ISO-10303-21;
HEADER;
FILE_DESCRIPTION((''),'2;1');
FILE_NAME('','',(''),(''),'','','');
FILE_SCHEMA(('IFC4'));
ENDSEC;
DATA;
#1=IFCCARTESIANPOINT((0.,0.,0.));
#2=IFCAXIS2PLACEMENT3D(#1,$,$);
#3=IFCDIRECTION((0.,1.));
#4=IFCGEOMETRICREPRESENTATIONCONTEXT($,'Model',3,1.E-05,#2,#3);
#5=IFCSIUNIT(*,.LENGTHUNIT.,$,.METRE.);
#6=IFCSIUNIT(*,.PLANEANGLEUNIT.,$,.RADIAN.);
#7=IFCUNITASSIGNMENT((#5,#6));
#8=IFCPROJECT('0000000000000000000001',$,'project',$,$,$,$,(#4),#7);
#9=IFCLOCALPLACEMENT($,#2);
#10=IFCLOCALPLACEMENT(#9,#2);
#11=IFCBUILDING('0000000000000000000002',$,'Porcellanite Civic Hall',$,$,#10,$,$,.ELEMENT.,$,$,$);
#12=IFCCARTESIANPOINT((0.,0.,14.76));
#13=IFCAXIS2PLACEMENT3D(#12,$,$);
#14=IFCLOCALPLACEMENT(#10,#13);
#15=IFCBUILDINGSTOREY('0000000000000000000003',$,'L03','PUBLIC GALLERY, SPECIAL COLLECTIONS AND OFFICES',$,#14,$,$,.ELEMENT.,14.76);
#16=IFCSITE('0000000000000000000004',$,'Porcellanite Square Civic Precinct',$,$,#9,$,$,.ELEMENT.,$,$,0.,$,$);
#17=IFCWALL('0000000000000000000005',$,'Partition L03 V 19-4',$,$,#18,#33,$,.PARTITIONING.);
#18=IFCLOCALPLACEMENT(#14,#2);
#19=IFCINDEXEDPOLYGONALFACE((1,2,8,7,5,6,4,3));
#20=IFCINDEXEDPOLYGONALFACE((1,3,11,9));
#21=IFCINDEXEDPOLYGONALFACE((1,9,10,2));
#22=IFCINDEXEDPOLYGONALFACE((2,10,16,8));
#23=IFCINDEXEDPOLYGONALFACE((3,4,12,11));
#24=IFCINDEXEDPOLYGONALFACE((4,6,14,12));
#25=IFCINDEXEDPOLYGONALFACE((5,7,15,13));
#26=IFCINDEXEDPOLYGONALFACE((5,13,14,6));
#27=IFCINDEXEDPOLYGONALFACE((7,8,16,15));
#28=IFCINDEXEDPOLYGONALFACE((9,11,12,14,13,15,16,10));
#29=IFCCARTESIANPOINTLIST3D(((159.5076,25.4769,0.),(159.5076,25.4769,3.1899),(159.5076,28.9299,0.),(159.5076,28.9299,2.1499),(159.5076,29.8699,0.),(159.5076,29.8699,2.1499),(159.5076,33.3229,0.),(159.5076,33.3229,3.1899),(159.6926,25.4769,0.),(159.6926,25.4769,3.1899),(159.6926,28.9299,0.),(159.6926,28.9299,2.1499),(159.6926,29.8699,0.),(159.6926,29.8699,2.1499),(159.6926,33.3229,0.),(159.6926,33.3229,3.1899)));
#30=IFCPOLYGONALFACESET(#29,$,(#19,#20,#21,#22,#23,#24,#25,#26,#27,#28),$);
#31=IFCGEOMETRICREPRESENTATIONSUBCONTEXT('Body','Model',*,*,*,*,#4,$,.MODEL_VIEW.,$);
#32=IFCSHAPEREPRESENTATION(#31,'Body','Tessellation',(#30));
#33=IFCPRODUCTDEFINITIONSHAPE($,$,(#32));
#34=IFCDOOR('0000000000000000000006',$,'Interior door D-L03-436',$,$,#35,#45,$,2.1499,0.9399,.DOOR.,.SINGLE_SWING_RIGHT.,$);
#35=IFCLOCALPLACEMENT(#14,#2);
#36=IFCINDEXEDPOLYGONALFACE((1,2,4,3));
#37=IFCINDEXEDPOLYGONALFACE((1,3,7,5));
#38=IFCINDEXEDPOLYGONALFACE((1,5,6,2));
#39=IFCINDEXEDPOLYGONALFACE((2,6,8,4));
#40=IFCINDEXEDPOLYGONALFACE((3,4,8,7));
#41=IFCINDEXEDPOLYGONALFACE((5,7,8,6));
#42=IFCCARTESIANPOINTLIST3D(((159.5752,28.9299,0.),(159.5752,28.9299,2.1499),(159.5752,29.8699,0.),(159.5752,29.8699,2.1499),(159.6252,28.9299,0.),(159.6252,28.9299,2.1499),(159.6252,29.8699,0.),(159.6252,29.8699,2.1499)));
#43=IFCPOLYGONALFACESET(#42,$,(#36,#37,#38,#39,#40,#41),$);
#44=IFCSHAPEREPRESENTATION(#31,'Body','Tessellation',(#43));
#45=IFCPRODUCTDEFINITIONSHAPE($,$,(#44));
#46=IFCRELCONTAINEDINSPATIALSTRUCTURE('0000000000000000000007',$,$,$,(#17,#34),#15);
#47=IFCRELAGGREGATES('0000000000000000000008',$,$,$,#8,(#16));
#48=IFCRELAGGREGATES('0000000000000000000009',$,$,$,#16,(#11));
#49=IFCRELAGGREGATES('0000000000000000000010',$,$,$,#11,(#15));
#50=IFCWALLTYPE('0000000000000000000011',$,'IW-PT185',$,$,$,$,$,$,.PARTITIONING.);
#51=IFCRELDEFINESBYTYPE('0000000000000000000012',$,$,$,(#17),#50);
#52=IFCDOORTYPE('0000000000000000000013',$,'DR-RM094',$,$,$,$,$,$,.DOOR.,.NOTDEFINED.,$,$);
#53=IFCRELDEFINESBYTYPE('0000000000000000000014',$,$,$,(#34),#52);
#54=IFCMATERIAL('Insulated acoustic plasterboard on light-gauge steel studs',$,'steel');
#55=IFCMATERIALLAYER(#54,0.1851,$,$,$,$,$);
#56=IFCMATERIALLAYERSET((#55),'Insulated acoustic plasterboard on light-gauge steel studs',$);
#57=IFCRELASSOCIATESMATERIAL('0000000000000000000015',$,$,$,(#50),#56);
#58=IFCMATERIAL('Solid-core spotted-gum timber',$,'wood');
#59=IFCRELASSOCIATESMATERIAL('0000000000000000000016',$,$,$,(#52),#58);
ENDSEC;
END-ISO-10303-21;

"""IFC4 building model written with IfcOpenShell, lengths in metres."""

from ifc_helpers import new_model, si_unit, direction, frame, frame_2d, origin, place, context, subcontext, project, spatial, rectangle, extrude, material, layer, layer_set, type_object, element, fill, save


model = new_model("IFC4")

# Units and contexts
model_context = context("Model", 3, precision=1e-05, world=origin(), true_north=direction((0.0, 1.0)))
body_context = subcontext(model_context, "Body", "Model", "MODEL_VIEW")
ifc_project = project(units=[si_unit("LENGTHUNIT", "METRE"), si_unit("PLANEANGLEUNIT", "RADIAN")], contexts=[model_context])

# Site, building, storey
site_placement = place(None, origin())
site = spatial("IfcSite", under=ifc_project, at=site_placement, Name="Porcellanite Square Civic Precinct", CompositionType="ELEMENT", RefElevation=0.0)
building_placement = place(site_placement, origin())
building = spatial("IfcBuilding", under=site, at=building_placement, Name="Porcellanite Civic Hall", CompositionType="ELEMENT")
storey_placement = place(building_placement, frame((0.0, 0.0, 14.76)))
storey = spatial("IfcBuildingStorey", under=building, at=storey_placement, Name="L03", Description="PUBLIC GALLERY, SPECIAL COLLECTIONS AND OFFICES", CompositionType="ELEMENT", Elevation=14.76)

# Wall, opening, door
ifc_material_1 = material(Name="Insulated acoustic plasterboard on light-gauge steel studs", Category="steel")
ifc_layer_1 = layer(ifc_material_1, 0.1851)
ifc_layer_set_1 = layer_set([ifc_layer_1], Name="Insulated acoustic plasterboard on light-gauge steel studs")
wall_type_1 = type_object("IfcWallType", Name="IW-PT185", PredefinedType="PARTITIONING", material=ifc_layer_set_1)
wall_1_placement = place(storey_placement, frame((159.6001, 25.4771, 0.0), z_axis=(0.0, 0.0, 1.0), x_axis=(0.0, 1.0, 0.0)))
wall_1 = element("IfcWall", 1, at=wall_1_placement, inside=storey, type_object=wall_type_1, Name="Partition L03 V 19-4", PredefinedType="PARTITIONING", context=body_context, shape_type="SweptSolid", body=[
    extrude(rectangle(XDim=7.8459, YDim=0.1851, at=frame_2d((3.9229, 0.0))), origin(), (0.0, 0.0, 1.0), 3.1899),
])
opening_1_placement = place(wall_1_placement, frame((3.4529, 0.0, 0.0)))
opening_1 = element("IfcOpeningElement", 2, at=opening_1_placement, cuts=wall_1, PredefinedType="OPENING", context=body_context, shape_type="SweptSolid", body=[
    extrude(rectangle(XDim=0.9399, YDim=2.1499, at=frame_2d((0.47, 1.075))), frame((0.0, 0.0925, 0.0), z_axis=(0.0, -1.0, 0.0), x_axis=(1.0, 0.0, 0.0)), (0.0, 0.0, 1.0), 0.1851),
])
ifc_material_2 = material(Name="Solid-core spotted-gum timber", Category="wood")
door_type_1 = type_object("IfcDoorType", Name="DR-RM094", OperationType="NOTDEFINED", PredefinedType="DOOR", material=ifc_material_2)
door_1_placement = place(opening_1_placement, origin())
door_1 = element("IfcDoor", 3, at=door_1_placement, inside=storey, type_object=door_type_1, Name="Interior door D-L03-436", OperationType="SINGLE_SWING_RIGHT", OverallHeight=2.1499, OverallWidth=0.9399, PredefinedType="DOOR", context=body_context, shape_type="SweptSolid", body=[
    extrude(rectangle(XDim=0.9399, YDim=2.1499, at=frame_2d((0.47, 1.075))), frame((0.0, 0.0249, 0.0), z_axis=(0.0, -1.0, 0.0), x_axis=(1.0, 0.0, 0.0)), (0.0, 0.0, 1.0), 0.05),
])
fill(opening_1, door_1)

save(model, "model.ifc")
